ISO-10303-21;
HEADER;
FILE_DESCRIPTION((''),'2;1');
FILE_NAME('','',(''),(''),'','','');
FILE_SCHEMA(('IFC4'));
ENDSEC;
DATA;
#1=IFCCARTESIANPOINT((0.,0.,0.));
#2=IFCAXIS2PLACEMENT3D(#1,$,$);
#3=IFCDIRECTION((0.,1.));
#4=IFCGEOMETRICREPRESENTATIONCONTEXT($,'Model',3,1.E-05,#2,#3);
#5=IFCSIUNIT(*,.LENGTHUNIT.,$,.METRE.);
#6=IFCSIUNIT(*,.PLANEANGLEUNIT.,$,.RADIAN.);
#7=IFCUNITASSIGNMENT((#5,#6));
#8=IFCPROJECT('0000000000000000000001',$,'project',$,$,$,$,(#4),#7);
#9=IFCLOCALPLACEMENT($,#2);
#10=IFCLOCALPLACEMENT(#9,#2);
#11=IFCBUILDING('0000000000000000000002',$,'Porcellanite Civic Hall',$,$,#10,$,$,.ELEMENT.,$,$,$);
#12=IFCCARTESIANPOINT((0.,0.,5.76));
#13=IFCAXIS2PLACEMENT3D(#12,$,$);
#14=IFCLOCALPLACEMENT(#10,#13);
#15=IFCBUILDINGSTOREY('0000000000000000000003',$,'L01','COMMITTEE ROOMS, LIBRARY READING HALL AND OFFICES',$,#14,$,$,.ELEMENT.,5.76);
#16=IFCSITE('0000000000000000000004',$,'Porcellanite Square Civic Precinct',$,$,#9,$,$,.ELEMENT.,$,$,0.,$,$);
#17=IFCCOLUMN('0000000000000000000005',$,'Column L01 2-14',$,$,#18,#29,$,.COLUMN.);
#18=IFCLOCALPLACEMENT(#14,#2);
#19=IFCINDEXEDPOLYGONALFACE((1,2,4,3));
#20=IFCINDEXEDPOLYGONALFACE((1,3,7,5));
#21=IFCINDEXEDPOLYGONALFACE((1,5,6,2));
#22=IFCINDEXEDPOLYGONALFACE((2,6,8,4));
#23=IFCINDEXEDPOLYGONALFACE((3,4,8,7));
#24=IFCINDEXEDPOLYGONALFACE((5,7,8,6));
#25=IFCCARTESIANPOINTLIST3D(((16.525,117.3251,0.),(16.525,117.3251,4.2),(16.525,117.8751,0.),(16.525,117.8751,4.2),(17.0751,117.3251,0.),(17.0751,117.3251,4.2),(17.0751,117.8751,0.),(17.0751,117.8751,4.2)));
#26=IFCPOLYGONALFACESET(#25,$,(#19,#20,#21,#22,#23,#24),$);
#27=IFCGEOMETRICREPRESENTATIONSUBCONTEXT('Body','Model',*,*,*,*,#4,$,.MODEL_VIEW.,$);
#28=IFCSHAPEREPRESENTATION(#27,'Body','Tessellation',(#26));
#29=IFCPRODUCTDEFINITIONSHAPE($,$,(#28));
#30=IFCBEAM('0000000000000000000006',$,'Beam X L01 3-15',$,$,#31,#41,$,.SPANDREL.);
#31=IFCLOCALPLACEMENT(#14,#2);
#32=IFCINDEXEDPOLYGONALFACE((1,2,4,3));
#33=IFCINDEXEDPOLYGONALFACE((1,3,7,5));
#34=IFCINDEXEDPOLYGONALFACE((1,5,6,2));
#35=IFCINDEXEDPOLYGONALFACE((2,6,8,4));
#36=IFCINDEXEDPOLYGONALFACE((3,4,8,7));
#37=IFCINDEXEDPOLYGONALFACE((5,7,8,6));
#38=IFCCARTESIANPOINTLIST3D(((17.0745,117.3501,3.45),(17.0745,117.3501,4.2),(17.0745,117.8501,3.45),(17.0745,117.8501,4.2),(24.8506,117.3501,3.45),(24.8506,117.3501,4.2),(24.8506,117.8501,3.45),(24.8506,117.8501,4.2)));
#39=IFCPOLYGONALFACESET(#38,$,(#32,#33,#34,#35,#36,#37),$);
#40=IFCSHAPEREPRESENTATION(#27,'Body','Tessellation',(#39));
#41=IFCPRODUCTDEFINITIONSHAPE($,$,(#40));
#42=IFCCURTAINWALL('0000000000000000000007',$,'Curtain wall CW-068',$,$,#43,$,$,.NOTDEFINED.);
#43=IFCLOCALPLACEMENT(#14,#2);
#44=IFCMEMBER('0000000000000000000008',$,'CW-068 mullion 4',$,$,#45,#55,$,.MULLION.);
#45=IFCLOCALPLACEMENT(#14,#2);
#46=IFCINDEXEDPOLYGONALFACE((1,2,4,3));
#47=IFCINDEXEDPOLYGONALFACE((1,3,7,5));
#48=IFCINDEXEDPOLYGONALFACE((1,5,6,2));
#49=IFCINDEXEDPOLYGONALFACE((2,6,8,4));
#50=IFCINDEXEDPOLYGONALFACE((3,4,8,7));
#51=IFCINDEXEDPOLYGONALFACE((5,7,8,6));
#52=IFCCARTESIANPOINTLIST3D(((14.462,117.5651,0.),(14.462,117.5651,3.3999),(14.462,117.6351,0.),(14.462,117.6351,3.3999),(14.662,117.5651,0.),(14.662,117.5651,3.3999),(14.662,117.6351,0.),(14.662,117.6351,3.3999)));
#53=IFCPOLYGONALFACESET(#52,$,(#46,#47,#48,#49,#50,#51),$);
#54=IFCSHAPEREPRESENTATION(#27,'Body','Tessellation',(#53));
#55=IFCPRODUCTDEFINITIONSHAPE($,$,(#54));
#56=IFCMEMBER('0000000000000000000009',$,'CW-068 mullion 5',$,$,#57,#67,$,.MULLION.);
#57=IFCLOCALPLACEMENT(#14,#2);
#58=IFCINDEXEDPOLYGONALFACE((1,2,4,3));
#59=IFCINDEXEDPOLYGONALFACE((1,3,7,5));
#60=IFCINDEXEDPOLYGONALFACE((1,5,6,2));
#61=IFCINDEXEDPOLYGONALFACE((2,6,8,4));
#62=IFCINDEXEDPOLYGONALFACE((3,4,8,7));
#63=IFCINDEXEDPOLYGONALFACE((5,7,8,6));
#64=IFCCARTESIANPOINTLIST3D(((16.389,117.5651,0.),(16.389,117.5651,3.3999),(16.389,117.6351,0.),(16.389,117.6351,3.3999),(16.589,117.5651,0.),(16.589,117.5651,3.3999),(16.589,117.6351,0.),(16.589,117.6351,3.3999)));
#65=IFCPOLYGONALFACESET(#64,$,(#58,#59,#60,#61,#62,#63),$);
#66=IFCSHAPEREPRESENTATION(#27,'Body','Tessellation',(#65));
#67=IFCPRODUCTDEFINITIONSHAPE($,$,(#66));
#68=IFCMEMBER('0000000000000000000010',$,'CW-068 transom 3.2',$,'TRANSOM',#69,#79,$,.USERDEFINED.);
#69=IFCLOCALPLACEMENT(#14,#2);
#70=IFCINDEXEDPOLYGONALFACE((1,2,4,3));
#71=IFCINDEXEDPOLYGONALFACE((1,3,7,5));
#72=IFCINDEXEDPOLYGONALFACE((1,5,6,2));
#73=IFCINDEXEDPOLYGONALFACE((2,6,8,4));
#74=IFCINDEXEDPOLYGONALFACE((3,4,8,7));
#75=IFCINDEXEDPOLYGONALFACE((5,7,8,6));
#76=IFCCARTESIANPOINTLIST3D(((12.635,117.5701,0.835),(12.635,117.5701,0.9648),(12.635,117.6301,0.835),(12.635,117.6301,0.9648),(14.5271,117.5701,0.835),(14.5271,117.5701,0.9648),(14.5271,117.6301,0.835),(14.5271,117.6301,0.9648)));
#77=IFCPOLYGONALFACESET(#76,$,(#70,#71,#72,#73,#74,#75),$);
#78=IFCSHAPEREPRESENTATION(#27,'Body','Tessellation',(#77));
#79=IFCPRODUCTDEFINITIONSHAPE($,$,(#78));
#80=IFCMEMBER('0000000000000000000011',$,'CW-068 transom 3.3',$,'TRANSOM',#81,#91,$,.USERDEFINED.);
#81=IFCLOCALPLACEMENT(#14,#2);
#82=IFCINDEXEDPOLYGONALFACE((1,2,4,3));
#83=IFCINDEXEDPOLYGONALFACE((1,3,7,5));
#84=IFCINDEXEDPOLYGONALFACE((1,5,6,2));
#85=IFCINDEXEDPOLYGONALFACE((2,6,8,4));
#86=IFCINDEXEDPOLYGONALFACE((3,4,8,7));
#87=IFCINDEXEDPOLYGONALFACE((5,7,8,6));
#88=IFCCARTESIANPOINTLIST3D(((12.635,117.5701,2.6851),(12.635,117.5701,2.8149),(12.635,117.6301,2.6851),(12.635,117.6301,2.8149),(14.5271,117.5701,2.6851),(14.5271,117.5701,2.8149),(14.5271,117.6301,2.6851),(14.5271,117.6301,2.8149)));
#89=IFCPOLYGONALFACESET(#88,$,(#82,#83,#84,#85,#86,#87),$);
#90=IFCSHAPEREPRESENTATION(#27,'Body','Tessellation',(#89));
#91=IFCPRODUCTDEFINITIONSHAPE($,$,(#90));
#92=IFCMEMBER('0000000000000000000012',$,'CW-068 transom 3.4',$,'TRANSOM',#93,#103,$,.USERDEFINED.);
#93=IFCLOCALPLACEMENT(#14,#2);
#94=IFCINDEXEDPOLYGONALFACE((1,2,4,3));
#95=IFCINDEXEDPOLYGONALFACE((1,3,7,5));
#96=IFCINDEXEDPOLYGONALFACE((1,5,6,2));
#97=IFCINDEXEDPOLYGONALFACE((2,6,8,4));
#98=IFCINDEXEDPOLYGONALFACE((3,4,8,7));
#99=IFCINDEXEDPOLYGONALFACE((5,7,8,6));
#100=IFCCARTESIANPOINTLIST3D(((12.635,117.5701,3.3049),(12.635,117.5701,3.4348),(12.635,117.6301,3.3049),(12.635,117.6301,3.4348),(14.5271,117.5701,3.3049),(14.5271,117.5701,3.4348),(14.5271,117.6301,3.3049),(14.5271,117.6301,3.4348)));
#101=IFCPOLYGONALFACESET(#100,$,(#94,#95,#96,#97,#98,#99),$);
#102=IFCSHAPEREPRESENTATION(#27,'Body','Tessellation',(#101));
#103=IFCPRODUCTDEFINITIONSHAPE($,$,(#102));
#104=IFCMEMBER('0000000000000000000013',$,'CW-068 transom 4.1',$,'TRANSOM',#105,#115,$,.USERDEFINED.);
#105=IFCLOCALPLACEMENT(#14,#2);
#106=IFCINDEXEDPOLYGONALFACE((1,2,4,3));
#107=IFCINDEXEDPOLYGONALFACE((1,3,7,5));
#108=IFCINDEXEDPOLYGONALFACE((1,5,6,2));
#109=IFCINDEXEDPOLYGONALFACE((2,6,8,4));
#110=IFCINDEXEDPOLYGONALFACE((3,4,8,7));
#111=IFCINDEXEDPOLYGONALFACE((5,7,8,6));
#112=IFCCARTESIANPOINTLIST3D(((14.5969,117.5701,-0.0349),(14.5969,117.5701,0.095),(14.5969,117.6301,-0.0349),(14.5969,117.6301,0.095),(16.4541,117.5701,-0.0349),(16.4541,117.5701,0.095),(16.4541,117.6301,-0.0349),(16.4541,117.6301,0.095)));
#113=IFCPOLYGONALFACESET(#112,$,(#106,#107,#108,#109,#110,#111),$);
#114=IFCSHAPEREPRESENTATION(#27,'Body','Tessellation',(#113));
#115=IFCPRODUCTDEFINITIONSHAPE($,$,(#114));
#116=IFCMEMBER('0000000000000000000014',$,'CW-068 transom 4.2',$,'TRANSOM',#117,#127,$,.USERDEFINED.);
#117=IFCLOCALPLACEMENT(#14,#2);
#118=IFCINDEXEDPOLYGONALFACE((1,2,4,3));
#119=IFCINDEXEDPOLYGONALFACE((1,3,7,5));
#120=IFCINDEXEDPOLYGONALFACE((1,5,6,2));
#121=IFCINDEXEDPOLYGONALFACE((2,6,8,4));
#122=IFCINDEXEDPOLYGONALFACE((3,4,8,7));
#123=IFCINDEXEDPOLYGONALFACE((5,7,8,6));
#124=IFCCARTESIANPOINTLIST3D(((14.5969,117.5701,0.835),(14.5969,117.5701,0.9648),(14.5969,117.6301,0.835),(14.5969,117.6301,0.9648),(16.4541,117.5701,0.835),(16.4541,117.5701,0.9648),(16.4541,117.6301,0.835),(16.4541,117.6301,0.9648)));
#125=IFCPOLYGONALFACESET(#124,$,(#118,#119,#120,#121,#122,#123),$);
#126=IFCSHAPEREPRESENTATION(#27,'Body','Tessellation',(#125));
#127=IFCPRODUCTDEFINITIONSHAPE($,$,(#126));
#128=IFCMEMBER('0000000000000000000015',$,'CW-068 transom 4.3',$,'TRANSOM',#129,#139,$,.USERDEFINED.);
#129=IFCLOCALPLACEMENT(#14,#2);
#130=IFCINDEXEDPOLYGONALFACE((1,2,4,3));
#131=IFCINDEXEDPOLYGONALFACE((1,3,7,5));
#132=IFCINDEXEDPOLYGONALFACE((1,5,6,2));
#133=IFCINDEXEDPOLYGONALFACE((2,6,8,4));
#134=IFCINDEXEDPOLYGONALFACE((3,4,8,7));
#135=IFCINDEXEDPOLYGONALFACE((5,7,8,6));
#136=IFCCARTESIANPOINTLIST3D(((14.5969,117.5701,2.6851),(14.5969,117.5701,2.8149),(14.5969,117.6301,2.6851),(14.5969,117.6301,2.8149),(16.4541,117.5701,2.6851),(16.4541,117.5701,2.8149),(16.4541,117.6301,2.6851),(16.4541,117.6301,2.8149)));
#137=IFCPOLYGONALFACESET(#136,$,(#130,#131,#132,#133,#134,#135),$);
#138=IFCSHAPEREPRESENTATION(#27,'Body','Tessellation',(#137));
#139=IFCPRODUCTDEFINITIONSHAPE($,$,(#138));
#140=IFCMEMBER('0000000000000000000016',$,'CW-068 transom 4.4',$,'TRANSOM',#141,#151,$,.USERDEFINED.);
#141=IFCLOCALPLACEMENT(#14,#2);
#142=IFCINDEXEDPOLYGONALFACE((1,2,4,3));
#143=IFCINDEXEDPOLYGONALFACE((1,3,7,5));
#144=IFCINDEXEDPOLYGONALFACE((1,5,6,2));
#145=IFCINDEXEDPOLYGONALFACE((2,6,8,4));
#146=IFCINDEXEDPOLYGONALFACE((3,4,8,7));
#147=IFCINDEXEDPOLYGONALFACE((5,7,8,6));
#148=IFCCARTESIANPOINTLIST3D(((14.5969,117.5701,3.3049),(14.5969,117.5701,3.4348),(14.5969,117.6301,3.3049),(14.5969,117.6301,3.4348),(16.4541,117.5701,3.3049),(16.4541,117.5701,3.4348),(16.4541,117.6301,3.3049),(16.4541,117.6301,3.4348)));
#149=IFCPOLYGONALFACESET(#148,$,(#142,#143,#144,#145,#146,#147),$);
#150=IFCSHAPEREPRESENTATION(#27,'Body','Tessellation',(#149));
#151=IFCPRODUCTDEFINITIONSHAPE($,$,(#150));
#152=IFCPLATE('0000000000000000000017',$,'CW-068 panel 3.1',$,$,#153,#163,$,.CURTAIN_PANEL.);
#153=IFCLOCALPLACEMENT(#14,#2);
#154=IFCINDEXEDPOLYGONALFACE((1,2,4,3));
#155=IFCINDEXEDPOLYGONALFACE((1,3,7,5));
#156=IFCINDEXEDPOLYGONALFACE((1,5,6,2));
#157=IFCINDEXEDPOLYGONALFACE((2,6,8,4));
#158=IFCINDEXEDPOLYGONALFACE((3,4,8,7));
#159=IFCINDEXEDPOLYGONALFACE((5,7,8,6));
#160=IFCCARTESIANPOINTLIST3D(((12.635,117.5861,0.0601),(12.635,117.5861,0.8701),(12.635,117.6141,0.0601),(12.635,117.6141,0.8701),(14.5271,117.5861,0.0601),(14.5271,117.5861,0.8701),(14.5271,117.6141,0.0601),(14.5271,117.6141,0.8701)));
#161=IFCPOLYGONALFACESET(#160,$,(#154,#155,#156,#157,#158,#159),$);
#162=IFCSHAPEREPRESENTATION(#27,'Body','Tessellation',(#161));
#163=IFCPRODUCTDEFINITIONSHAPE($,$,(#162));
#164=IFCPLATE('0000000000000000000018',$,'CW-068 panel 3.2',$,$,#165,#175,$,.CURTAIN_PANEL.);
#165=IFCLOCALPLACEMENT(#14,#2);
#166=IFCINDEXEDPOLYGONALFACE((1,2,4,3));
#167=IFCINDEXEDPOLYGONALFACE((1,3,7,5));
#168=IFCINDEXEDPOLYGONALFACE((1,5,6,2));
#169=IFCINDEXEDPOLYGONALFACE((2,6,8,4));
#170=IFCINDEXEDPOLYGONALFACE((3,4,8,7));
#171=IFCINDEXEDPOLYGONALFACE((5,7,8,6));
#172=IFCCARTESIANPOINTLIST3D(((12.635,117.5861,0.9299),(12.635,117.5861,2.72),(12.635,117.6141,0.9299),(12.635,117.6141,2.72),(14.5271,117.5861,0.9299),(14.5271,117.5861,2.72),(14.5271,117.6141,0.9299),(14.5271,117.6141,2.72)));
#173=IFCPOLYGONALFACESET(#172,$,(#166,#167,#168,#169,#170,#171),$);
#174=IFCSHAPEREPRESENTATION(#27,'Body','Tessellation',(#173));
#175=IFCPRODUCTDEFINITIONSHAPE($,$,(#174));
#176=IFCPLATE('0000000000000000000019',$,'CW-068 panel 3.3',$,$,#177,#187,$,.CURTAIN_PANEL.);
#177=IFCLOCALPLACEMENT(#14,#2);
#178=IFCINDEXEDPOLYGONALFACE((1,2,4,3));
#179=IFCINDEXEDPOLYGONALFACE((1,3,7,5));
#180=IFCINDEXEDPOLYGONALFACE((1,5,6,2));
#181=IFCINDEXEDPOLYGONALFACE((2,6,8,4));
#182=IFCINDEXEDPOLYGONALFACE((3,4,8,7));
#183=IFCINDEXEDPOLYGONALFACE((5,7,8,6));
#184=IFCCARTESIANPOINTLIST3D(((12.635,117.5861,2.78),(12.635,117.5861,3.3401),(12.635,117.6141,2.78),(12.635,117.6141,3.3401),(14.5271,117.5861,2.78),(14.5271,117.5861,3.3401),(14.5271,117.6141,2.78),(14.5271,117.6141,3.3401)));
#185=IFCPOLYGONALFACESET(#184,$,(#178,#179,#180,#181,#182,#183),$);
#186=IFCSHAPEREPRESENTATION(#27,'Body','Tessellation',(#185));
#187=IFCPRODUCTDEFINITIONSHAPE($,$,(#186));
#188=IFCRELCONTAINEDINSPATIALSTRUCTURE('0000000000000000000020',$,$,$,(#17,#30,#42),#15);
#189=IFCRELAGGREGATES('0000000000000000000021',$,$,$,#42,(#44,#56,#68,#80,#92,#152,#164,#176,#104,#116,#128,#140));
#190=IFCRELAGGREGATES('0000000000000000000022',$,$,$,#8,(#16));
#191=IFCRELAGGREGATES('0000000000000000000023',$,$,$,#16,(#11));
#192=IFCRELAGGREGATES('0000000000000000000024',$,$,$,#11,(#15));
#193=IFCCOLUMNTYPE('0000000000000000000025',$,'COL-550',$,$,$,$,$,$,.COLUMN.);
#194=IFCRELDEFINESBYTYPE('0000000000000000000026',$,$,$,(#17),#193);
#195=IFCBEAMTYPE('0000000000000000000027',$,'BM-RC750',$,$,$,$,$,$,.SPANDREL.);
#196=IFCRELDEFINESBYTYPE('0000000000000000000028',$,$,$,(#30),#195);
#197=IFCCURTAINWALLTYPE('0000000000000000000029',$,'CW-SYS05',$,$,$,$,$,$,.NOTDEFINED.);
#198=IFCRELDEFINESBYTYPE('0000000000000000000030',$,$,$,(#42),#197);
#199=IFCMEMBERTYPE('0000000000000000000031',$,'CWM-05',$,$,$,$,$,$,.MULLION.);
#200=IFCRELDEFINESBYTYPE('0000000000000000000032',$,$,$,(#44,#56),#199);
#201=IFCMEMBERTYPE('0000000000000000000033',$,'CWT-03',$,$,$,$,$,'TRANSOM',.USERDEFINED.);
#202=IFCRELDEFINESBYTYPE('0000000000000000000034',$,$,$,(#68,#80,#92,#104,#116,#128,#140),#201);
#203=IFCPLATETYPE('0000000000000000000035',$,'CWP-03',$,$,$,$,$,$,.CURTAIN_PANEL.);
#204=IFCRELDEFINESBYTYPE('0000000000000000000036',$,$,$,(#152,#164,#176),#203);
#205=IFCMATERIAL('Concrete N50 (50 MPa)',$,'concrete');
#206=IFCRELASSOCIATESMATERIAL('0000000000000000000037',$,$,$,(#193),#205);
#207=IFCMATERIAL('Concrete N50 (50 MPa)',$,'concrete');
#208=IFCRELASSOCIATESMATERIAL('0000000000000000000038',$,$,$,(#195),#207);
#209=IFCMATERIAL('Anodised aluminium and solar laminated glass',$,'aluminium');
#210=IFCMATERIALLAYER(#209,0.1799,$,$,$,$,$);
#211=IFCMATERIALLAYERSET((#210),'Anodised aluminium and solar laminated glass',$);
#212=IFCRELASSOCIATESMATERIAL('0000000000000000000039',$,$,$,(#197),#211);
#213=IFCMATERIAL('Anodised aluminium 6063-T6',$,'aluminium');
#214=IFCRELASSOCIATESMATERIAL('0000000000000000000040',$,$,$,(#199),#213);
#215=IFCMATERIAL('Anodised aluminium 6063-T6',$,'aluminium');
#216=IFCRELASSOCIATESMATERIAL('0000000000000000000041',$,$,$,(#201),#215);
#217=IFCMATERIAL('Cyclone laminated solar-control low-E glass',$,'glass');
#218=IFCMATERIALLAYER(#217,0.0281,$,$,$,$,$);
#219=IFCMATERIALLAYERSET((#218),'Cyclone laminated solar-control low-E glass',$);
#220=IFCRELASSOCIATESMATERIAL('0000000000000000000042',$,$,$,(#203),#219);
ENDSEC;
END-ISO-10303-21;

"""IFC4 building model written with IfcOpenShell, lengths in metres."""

from ifc_helpers import new_model, si_unit, direction, frame, origin, origin_2d, place, context, subcontext, project, spatial, rectangle, extrude, material, layer, layer_set, material_profile, profile_set, type_object, element, aggregate, save


model = new_model("IFC4")

# Units and contexts
model_context = context("Model", 3, precision=1e-05, world=origin(), true_north=direction((0.0, 1.0)))
body_context = subcontext(model_context, "Body", "Model", "MODEL_VIEW")
ifc_project = project(units=[si_unit("LENGTHUNIT", "METRE"), si_unit("PLANEANGLEUNIT", "RADIAN")], contexts=[model_context])

# Site, building, storey
site_placement = place(None, origin())
site = spatial("IfcSite", under=ifc_project, at=site_placement, Name="Porcellanite Square Civic Precinct", CompositionType="ELEMENT", RefElevation=0.0)
building_placement = place(site_placement, origin())
building = spatial("IfcBuilding", under=site, at=building_placement, Name="Porcellanite Civic Hall", CompositionType="ELEMENT")
storey_placement = place(building_placement, frame((0.0, 0.0, 5.76)))
storey = spatial("IfcBuildingStorey", under=building, at=storey_placement, Name="L01", Description="COMMITTEE ROOMS, LIBRARY READING HALL AND OFFICES", CompositionType="ELEMENT", Elevation=5.76)

# Column
ifc_material_1 = material(Name="Concrete N50 (50 MPa)", Category="concrete")
ifc_material_profile_1 = material_profile(ifc_material_1, rectangle(XDim=0.55, YDim=0.55, at=origin_2d()), Name="RC-550x550")
ifc_profile_set_1 = profile_set([ifc_material_profile_1], Name="Concrete N50 (50 MPa)")
column_type = type_object("IfcColumnType", Name="COL-550", PredefinedType="COLUMN", material=ifc_profile_set_1)
column_placement = place(storey_placement, frame((16.8, 117.6001, 0.0), z_axis=(0.0, 0.0, 1.0), x_axis=(1.0, 0.0, 0.0)))
element("IfcColumn", 1, at=column_placement, inside=storey, type_object=column_type, Name="Column L01 2-14", PredefinedType="COLUMN", context=body_context, shape_type="SweptSolid", body=[
    extrude(rectangle(XDim=0.55, YDim=0.55, at=origin_2d()), origin(), (0.0, 0.0, 1.0), 4.2),
])

# Beam
ifc_material_2 = material(Name="Concrete N50 (50 MPa)", Category="concrete")
ifc_material_profile_2 = material_profile(ifc_material_2, rectangle(XDim=0.5, YDim=0.75, at=origin_2d()), Name="RC-500x750")
ifc_profile_set_2 = profile_set([ifc_material_profile_2], Name="Concrete N50 (50 MPa)")
beam_type = type_object("IfcBeamType", Name="BM-RC750", PredefinedType="SPANDREL", material=ifc_profile_set_2)
beam_placement = place(storey_placement, frame((17.0745, 117.6001, 3.825), z_axis=(1.0, 0.0, 0.0), x_axis=(0.0, 1.0, 0.0)))
element("IfcBeam", 2, at=beam_placement, inside=storey, type_object=beam_type, Name="Beam X L01 3-15", PredefinedType="SPANDREL", context=body_context, shape_type="SweptSolid", body=[
    extrude(rectangle(XDim=0.5, YDim=0.75, at=origin_2d()), origin(), (0.0, 0.0, 1.0), 7.7761),
])

# Curtain wall, members, plates
ifc_material_3 = material(Name="Anodised aluminium and solar laminated glass", Category="aluminium")
ifc_layer_1 = layer(ifc_material_3, 0.1799)
ifc_layer_set_1 = layer_set([ifc_layer_1], Name="Anodised aluminium and solar laminated glass")
curtain_wall_type = type_object("IfcCurtainWallType", Name="CW-SYS05", PredefinedType="NOTDEFINED", material=ifc_layer_set_1)
curtain_wall_placement = place(storey_placement, origin())
curtain_wall = element("IfcCurtainWall", 3, at=curtain_wall_placement, inside=storey, type_object=curtain_wall_type, Name="Curtain wall CW-068", PredefinedType="NOTDEFINED")
ifc_material_4 = material(Name="Anodised aluminium 6063-T6", Category="aluminium")
ifc_material_profile_3 = material_profile(ifc_material_4, rectangle(XDim=0.0701, YDim=0.2, at=origin_2d()), Name="AL-70x200")
ifc_profile_set_3 = profile_set([ifc_material_profile_3], Name="Anodised aluminium 6063-T6")
member_type_1 = type_object("IfcMemberType", Name="CWM-05", PredefinedType="MULLION", material=ifc_profile_set_3)
member_1_placement = place(storey_placement, frame((14.562, 117.6001, 0.0), z_axis=(0.0, 0.0, 1.0), x_axis=(0.0, 1.0, 0.0)))
member_1 = element("IfcMember", 4, at=member_1_placement, type_object=member_type_1, Name="CW-068 mullion 4", PredefinedType="MULLION", context=body_context, shape_type="SweptSolid", body=[
    extrude(rectangle(XDim=0.0701, YDim=0.2, at=origin_2d()), origin(), (0.0, 0.0, 1.0), 3.3999),
])
member_2_placement = place(storey_placement, frame((16.489, 117.6001, 0.0), z_axis=(0.0, 0.0, 1.0), x_axis=(0.0, 1.0, 0.0)))
member_2 = element("IfcMember", 5, at=member_2_placement, type_object=member_type_1, Name="CW-068 mullion 5", PredefinedType="MULLION", context=body_context, shape_type="SweptSolid", body=[
    extrude(rectangle(XDim=0.0701, YDim=0.2, at=origin_2d()), origin(), (0.0, 0.0, 1.0), 3.3999),
])
ifc_material_5 = material(Name="Anodised aluminium 6063-T6", Category="aluminium")
ifc_material_profile_4 = material_profile(ifc_material_5, rectangle(XDim=0.0601, YDim=0.1299, at=origin_2d()), Name="AL-60x130")
ifc_profile_set_4 = profile_set([ifc_material_profile_4], Name="Anodised aluminium 6063-T6")
member_type_2 = type_object("IfcMemberType", Name="CWT-03", ElementType="TRANSOM", PredefinedType="USERDEFINED", material=ifc_profile_set_4)
member_3_placement = place(storey_placement, frame((12.635, 117.6001, 0.8999), z_axis=(1.0, 0.0, 0.0), x_axis=(0.0, 1.0, 0.0)))
member_3 = element("IfcMember", 6, at=member_3_placement, type_object=member_type_2, Name="CW-068 transom 3.2", ObjectType="TRANSOM", PredefinedType="USERDEFINED", context=body_context, shape_type="SweptSolid", body=[
    extrude(rectangle(XDim=0.0601, YDim=0.1299, at=origin_2d()), origin(), (0.0, 0.0, 1.0), 1.8921),
])
member_4_placement = place(storey_placement, frame((12.635, 117.6001, 2.75), z_axis=(1.0, 0.0, 0.0), x_axis=(0.0, 1.0, 0.0)))
member_4 = element("IfcMember", 7, at=member_4_placement, type_object=member_type_2, Name="CW-068 transom 3.3", ObjectType="TRANSOM", PredefinedType="USERDEFINED", context=body_context, shape_type="SweptSolid", body=[
    extrude(rectangle(XDim=0.0601, YDim=0.1299, at=origin_2d()), origin(), (0.0, 0.0, 1.0), 1.8921),
])
member_5_placement = place(storey_placement, frame((12.635, 117.6001, 3.3699), z_axis=(1.0, 0.0, 0.0), x_axis=(0.0, 1.0, 0.0)))
member_5 = element("IfcMember", 8, at=member_5_placement, type_object=member_type_2, Name="CW-068 transom 3.4", ObjectType="TRANSOM", PredefinedType="USERDEFINED", context=body_context, shape_type="SweptSolid", body=[
    extrude(rectangle(XDim=0.0601, YDim=0.1299, at=origin_2d()), origin(), (0.0, 0.0, 1.0), 1.8921),
])
member_6_placement = place(storey_placement, frame((14.5969, 117.6001, 0.03), z_axis=(1.0, 0.0, 0.0), x_axis=(0.0, 1.0, 0.0)))
member_6 = element("IfcMember", 9, at=member_6_placement, type_object=member_type_2, Name="CW-068 transom 4.1", ObjectType="TRANSOM", PredefinedType="USERDEFINED", context=body_context, shape_type="SweptSolid", body=[
    extrude(rectangle(XDim=0.0601, YDim=0.1299, at=origin_2d()), origin(), (0.0, 0.0, 1.0), 1.8572),
])
member_7_placement = place(storey_placement, frame((14.5969, 117.6001, 0.8999), z_axis=(1.0, 0.0, 0.0), x_axis=(0.0, 1.0, 0.0)))
member_7 = element("IfcMember", 10, at=member_7_placement, type_object=member_type_2, Name="CW-068 transom 4.2", ObjectType="TRANSOM", PredefinedType="USERDEFINED", context=body_context, shape_type="SweptSolid", body=[
    extrude(rectangle(XDim=0.0601, YDim=0.1299, at=origin_2d()), origin(), (0.0, 0.0, 1.0), 1.8572),
])
member_8_placement = place(storey_placement, frame((14.5969, 117.6001, 2.75), z_axis=(1.0, 0.0, 0.0), x_axis=(0.0, 1.0, 0.0)))
member_8 = element("IfcMember", 11, at=member_8_placement, type_object=member_type_2, Name="CW-068 transom 4.3", ObjectType="TRANSOM", PredefinedType="USERDEFINED", context=body_context, shape_type="SweptSolid", body=[
    extrude(rectangle(XDim=0.0601, YDim=0.1299, at=origin_2d()), origin(), (0.0, 0.0, 1.0), 1.8572),
])
member_9_placement = place(storey_placement, frame((14.5969, 117.6001, 3.3699), z_axis=(1.0, 0.0, 0.0), x_axis=(0.0, 1.0, 0.0)))
member_9 = element("IfcMember", 12, at=member_9_placement, type_object=member_type_2, Name="CW-068 transom 4.4", ObjectType="TRANSOM", PredefinedType="USERDEFINED", context=body_context, shape_type="SweptSolid", body=[
    extrude(rectangle(XDim=0.0601, YDim=0.1299, at=origin_2d()), origin(), (0.0, 0.0, 1.0), 1.8572),
])
ifc_material_6 = material(Name="Cyclone laminated solar-control low-E glass", Category="glass")
ifc_layer_2 = layer(ifc_material_6, 0.0281)
ifc_layer_set_2 = layer_set([ifc_layer_2], Name="Cyclone laminated solar-control low-E glass")
plate_type = type_object("IfcPlateType", Name="CWP-03", PredefinedType="CURTAIN_PANEL", material=ifc_layer_set_2)
plate_1_placement = place(storey_placement, frame((13.5811, 117.6001, 0.0601), z_axis=(0.0, 0.0, 1.0), x_axis=(1.0, 0.0, 0.0)))
plate_1 = element("IfcPlate", 13, at=plate_1_placement, type_object=plate_type, Name="CW-068 panel 3.1", PredefinedType="CURTAIN_PANEL", context=body_context, shape_type="SweptSolid", body=[
    extrude(rectangle(XDim=1.8921, YDim=0.0281, at=origin_2d()), origin(), (0.0, 0.0, 1.0), 0.8101),
])
plate_2_placement = place(storey_placement, frame((13.5811, 117.6001, 0.9299), z_axis=(0.0, 0.0, 1.0), x_axis=(1.0, 0.0, 0.0)))
plate_2 = element("IfcPlate", 14, at=plate_2_placement, type_object=plate_type, Name="CW-068 panel 3.2", PredefinedType="CURTAIN_PANEL", context=body_context, shape_type="SweptSolid", body=[
    extrude(rectangle(XDim=1.8921, YDim=0.0281, at=origin_2d()), origin(), (0.0, 0.0, 1.0), 1.79),
])
plate_3_placement = place(storey_placement, frame((13.5811, 117.6001, 2.78), z_axis=(0.0, 0.0, 1.0), x_axis=(1.0, 0.0, 0.0)))
plate_3 = element("IfcPlate", 15, at=plate_3_placement, type_object=plate_type, Name="CW-068 panel 3.3", PredefinedType="CURTAIN_PANEL", context=body_context, shape_type="SweptSolid", body=[
    extrude(rectangle(XDim=1.8921, YDim=0.0281, at=origin_2d()), origin(), (0.0, 0.0, 1.0), 0.5601),
])
aggregate(curtain_wall, [member_1, member_2, member_3, member_4, member_5, plate_1, plate_2, plate_3, member_6, member_7, member_8, member_9])

save(model, "model.ifc")
